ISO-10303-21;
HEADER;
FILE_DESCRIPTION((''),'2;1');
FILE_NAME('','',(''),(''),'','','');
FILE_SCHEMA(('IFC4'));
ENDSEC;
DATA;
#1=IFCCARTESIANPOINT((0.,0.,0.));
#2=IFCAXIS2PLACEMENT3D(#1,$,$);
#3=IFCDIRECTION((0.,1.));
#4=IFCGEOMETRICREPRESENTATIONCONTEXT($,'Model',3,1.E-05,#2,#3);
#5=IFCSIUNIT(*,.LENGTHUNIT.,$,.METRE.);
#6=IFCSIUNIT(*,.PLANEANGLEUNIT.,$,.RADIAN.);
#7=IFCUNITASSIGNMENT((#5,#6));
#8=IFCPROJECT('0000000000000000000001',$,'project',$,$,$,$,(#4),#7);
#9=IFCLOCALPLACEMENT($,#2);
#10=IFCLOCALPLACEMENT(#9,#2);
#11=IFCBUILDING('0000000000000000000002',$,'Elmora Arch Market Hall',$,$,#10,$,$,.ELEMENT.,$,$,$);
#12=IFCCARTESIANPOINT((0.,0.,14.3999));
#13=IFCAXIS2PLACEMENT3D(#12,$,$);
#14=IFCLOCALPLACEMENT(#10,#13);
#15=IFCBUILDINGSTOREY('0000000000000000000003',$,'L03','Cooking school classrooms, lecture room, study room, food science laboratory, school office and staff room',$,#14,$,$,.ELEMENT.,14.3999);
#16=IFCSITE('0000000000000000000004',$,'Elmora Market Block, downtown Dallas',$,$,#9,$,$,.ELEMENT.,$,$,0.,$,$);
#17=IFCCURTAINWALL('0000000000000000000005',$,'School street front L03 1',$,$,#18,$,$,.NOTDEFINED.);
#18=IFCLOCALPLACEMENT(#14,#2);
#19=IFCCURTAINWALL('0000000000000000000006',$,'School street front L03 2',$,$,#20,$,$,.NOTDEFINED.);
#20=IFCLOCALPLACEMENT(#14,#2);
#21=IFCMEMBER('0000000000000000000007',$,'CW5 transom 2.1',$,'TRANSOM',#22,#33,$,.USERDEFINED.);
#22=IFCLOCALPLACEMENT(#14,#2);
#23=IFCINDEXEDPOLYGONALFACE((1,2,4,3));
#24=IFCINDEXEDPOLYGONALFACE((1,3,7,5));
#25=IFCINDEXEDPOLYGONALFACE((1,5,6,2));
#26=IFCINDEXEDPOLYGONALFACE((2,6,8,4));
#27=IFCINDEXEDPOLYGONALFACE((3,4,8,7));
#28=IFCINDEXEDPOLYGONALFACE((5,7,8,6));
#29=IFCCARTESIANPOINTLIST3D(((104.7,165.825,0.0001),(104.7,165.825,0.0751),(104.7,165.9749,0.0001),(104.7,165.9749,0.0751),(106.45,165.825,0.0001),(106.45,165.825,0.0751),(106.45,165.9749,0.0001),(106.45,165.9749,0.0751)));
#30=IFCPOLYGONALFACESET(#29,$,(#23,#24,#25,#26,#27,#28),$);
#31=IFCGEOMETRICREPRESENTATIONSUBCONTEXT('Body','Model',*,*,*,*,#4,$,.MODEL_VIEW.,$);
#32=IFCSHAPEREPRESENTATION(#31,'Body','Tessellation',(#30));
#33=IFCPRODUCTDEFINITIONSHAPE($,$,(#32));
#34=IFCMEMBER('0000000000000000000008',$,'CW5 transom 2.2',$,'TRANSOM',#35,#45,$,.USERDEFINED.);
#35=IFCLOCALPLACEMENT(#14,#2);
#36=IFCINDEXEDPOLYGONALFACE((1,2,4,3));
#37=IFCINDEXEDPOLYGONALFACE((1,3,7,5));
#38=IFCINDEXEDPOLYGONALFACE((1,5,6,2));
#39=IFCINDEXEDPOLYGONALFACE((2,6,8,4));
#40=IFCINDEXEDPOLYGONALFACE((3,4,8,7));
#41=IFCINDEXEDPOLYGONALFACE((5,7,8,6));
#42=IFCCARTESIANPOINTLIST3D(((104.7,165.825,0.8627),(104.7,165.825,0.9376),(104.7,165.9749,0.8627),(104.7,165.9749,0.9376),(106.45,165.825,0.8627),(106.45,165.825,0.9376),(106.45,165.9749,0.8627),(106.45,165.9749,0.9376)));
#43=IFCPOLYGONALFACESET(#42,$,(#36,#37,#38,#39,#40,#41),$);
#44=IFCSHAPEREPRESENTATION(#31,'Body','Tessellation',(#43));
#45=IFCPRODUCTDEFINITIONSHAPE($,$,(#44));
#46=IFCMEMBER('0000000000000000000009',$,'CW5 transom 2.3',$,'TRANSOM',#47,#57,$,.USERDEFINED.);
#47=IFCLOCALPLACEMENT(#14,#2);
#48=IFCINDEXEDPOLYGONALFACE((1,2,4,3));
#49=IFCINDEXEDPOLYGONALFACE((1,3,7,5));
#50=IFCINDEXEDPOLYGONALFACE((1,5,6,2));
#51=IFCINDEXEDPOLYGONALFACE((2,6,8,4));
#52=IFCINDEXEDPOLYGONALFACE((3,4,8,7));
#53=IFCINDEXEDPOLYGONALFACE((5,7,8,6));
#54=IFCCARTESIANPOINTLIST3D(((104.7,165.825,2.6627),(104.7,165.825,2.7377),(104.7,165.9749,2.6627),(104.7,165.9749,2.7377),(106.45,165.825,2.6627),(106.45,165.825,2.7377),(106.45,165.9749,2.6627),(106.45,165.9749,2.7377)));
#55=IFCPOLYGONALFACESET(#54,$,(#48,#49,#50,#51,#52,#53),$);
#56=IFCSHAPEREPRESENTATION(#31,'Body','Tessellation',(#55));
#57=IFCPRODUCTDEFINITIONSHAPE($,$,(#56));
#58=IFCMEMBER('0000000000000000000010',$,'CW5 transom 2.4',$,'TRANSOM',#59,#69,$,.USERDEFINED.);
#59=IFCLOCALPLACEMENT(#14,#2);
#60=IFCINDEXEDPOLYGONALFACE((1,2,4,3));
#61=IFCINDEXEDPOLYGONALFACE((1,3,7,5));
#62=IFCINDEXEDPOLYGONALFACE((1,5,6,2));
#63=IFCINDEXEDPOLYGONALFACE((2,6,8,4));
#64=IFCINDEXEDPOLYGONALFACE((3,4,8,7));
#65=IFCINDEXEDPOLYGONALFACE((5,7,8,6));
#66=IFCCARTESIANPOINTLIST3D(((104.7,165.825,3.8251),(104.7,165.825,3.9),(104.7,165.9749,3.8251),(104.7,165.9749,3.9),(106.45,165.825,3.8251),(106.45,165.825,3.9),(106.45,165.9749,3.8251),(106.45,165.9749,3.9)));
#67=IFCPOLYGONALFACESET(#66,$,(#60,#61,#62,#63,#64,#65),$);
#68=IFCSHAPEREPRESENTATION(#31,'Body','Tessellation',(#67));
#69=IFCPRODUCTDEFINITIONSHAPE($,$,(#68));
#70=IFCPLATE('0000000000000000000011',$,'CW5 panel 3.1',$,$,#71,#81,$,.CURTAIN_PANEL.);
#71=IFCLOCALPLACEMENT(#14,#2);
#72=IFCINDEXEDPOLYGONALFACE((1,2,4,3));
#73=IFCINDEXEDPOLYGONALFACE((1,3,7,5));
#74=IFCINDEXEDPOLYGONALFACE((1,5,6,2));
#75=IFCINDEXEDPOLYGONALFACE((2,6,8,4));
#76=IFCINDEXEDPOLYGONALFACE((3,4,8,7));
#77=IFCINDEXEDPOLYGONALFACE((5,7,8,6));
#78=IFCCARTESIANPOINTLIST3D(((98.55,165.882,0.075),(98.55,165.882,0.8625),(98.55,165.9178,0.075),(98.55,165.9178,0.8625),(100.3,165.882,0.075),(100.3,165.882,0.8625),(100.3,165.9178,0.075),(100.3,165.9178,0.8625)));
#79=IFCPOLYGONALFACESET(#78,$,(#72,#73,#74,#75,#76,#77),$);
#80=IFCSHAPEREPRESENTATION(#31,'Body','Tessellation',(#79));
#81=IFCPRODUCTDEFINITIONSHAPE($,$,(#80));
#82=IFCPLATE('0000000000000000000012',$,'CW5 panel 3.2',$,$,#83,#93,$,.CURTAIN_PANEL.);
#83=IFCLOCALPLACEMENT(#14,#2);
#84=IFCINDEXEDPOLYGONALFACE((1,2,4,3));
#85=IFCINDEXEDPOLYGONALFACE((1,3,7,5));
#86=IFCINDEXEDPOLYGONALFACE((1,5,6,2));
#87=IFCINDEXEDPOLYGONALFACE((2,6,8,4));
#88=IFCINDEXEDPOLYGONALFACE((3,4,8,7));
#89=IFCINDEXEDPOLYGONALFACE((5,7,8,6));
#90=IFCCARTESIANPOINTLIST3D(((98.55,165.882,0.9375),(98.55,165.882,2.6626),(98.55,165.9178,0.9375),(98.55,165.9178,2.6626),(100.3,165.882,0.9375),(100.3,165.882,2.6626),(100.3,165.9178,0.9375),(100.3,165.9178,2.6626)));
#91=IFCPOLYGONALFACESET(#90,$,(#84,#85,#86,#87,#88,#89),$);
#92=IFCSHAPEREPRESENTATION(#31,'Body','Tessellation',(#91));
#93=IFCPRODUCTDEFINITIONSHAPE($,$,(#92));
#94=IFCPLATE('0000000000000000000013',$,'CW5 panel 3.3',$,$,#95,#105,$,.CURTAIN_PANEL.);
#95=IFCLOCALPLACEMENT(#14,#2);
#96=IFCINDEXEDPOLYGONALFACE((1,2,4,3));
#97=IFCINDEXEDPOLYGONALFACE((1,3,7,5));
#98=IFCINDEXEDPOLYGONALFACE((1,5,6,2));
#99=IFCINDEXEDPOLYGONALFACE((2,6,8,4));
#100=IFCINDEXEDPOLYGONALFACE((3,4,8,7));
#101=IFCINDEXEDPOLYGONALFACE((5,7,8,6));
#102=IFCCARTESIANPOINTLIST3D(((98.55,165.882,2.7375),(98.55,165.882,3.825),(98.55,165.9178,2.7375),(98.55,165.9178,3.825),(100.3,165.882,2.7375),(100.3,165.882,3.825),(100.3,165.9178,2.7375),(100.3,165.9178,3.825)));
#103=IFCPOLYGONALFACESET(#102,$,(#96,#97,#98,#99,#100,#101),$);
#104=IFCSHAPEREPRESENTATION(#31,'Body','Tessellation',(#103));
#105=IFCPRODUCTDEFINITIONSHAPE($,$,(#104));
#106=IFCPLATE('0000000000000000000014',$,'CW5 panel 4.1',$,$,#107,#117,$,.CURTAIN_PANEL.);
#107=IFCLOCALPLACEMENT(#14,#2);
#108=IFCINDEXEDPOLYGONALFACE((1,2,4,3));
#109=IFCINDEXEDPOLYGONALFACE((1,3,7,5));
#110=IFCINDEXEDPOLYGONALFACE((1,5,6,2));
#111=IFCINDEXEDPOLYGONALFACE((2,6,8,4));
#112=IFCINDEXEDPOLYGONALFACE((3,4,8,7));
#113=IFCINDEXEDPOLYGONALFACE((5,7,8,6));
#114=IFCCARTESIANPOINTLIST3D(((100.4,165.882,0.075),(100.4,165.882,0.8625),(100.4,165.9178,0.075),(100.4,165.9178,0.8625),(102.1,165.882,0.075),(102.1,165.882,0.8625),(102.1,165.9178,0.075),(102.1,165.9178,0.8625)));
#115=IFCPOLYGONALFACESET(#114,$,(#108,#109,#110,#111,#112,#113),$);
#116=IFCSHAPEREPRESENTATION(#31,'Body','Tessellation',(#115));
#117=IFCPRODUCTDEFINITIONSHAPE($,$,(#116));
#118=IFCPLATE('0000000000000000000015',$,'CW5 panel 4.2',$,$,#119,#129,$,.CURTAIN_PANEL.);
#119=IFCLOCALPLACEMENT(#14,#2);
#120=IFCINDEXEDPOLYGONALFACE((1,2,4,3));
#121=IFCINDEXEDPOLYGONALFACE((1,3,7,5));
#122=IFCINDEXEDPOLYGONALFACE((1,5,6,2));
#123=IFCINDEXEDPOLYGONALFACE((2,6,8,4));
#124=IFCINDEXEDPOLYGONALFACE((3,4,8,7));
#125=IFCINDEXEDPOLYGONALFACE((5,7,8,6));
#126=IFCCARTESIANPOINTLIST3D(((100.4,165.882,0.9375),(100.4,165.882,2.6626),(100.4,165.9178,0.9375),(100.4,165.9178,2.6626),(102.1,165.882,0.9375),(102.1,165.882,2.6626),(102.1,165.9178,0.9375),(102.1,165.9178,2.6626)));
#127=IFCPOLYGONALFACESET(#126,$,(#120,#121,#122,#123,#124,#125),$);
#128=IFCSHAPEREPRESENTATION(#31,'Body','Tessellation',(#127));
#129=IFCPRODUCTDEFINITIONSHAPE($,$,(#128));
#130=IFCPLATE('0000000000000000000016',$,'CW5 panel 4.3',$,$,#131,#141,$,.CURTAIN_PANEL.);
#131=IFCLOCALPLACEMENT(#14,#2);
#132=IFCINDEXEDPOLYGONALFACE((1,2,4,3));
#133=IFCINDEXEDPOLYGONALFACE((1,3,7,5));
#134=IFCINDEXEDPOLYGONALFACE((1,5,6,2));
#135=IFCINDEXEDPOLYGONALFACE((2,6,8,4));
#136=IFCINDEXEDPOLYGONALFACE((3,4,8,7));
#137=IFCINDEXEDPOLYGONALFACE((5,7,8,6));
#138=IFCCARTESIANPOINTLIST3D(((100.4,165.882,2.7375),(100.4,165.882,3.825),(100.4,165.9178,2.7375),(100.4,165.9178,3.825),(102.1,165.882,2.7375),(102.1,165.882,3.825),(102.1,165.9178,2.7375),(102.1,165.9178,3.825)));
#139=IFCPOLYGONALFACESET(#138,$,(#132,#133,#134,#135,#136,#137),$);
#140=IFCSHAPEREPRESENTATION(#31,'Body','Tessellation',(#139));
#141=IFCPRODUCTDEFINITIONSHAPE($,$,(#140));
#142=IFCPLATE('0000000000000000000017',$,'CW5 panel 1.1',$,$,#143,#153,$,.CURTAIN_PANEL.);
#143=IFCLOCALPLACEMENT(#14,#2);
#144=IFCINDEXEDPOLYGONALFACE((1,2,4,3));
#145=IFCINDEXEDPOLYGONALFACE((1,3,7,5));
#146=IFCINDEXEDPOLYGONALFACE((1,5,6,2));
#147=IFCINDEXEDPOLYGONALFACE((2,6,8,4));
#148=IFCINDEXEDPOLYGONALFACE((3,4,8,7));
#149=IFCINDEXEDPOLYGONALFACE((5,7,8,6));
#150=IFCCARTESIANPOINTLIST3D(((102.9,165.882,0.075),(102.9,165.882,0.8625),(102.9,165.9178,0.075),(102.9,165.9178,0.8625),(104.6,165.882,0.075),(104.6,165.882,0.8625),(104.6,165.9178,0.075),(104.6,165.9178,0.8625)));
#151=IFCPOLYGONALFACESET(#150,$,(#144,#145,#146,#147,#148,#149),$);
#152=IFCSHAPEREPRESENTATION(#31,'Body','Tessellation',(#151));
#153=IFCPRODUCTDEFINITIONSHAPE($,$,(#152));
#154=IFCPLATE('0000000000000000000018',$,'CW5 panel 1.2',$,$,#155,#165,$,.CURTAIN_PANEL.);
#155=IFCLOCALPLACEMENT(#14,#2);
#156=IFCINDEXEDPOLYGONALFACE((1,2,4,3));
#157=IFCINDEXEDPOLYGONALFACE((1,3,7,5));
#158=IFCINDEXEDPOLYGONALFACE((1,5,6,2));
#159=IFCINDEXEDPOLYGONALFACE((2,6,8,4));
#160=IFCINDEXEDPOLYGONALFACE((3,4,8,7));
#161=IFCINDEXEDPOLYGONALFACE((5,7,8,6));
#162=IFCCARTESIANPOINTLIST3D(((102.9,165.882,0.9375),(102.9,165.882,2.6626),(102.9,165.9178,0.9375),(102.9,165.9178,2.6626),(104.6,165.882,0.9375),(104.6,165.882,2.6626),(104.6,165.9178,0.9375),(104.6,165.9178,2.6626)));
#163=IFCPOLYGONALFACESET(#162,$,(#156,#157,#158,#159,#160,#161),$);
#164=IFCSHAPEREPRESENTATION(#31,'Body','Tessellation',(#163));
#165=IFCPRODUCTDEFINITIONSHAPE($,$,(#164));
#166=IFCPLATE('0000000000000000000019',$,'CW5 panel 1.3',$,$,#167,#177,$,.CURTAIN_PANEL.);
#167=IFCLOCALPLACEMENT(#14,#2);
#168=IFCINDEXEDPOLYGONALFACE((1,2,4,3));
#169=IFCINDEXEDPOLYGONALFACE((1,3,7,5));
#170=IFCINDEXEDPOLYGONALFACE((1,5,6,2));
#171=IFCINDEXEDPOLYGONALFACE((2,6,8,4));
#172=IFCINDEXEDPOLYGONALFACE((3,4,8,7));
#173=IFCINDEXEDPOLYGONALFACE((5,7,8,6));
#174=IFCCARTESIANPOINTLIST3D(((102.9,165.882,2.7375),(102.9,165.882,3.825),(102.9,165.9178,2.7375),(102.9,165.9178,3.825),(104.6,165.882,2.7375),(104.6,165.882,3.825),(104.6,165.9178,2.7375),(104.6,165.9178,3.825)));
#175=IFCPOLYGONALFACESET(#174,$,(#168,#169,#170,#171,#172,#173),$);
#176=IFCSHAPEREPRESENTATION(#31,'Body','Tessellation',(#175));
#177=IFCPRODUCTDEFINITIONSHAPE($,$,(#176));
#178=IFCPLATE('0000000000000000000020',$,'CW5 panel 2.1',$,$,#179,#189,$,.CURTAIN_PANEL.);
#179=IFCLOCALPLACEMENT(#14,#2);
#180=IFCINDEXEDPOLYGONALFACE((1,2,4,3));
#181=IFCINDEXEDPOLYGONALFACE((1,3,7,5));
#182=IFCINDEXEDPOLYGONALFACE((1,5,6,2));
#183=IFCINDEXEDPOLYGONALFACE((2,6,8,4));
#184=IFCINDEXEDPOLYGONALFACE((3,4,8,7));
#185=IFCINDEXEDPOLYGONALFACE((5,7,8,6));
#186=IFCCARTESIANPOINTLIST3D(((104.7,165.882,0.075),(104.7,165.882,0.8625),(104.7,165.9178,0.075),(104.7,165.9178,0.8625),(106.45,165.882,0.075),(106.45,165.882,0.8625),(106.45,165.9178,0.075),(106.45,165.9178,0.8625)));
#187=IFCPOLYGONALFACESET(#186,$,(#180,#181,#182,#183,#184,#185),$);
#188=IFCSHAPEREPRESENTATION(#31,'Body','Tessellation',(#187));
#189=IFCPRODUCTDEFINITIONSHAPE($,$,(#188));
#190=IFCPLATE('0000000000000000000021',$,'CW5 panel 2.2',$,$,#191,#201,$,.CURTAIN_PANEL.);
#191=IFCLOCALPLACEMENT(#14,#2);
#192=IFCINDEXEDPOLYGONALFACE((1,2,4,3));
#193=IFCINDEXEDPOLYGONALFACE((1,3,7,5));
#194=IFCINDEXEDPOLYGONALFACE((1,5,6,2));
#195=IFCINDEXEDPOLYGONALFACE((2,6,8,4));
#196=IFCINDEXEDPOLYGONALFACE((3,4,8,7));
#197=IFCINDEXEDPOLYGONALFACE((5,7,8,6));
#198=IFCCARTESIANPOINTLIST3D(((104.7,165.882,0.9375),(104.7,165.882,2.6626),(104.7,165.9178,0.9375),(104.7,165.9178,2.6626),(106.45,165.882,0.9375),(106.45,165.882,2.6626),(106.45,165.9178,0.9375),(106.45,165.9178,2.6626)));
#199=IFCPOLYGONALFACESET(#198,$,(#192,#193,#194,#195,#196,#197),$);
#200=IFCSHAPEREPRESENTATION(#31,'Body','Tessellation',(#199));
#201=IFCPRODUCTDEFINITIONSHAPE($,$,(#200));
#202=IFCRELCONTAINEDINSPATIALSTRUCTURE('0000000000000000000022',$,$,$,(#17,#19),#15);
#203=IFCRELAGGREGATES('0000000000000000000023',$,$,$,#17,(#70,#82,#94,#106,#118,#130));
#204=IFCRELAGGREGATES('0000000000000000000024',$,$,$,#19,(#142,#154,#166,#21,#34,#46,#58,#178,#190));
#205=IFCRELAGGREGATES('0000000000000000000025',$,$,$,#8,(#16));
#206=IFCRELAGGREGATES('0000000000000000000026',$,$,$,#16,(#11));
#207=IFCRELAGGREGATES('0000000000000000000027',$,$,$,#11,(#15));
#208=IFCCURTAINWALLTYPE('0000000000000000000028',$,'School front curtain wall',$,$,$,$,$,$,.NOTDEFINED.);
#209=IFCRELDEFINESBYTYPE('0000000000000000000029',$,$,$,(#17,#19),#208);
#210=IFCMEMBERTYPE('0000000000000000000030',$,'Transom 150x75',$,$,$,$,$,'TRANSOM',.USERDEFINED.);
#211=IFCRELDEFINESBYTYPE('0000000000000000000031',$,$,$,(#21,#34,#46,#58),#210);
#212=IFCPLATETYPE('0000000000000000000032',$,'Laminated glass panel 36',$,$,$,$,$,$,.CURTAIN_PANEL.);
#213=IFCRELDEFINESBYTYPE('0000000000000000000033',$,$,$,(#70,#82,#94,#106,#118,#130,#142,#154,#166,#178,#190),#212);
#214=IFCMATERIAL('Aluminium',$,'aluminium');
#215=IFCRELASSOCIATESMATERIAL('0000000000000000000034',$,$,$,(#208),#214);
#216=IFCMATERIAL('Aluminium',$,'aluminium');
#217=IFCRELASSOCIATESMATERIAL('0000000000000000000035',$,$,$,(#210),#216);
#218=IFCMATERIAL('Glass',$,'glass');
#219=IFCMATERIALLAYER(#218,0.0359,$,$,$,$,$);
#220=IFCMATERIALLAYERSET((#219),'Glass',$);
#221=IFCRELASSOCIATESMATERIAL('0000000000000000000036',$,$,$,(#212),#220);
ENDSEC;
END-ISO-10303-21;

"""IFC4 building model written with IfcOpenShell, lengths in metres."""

from ifc_helpers import new_model, si_unit, direction, frame, origin, origin_2d, place, context, subcontext, project, spatial, rectangle, extrude, material, layer, layer_set, material_profile, profile_set, type_object, element, aggregate, save


model = new_model("IFC4")

# Units and contexts
model_context = context("Model", 3, precision=1e-05, world=origin(), true_north=direction((0.0, 1.0)))
body_context = subcontext(model_context, "Body", "Model", "MODEL_VIEW")
ifc_project = project(units=[si_unit("LENGTHUNIT", "METRE"), si_unit("PLANEANGLEUNIT", "RADIAN")], contexts=[model_context])

# Site, building, storey
site_placement = place(None, origin())
site = spatial("IfcSite", under=ifc_project, at=site_placement, Name="Elmora Market Block, downtown Dallas", CompositionType="ELEMENT", RefElevation=0.0)
building_placement = place(site_placement, origin())
building = spatial("IfcBuilding", under=site, at=building_placement, Name="Elmora Arch Market Hall", CompositionType="ELEMENT")
storey_placement = place(building_placement, frame((0.0, 0.0, 14.3999)))
storey = spatial("IfcBuildingStorey", under=building, at=storey_placement, Name="L03", Description="Cooking school classrooms, lecture room, study room, food science laboratory, school office and staff room", CompositionType="ELEMENT", Elevation=14.3999)

# Curtain walls
ifc_material_1 = material(Name="Aluminium", Category="aluminium")
curtain_wall_type = type_object("IfcCurtainWallType", Name="School front curtain wall", PredefinedType="NOTDEFINED", material=ifc_material_1)
curtain_wall_1_placement = place(storey_placement, origin())
curtain_wall_1 = element("IfcCurtainWall", 1, at=curtain_wall_1_placement, inside=storey, type_object=curtain_wall_type, Name="School street front L03 1", PredefinedType="NOTDEFINED")
curtain_wall_2_placement = place(storey_placement, origin())
curtain_wall_2 = element("IfcCurtainWall", 2, at=curtain_wall_2_placement, inside=storey, type_object=curtain_wall_type, Name="School street front L03 2", PredefinedType="NOTDEFINED")

# Members
ifc_material_2 = material(Name="Aluminium", Category="aluminium")
ifc_material_profile_1 = material_profile(ifc_material_2, rectangle(XDim=0.1499, YDim=0.075, at=origin_2d()), Name="AL 150x75")
ifc_profile_set_1 = profile_set([ifc_material_profile_1], Name="Aluminium")
member_type_1 = type_object("IfcMemberType", Name="Transom 150x75", ElementType="TRANSOM", PredefinedType="USERDEFINED", material=ifc_profile_set_1)
member_1_placement = place(storey_placement, frame((104.7, 165.8999, 0.0376), z_axis=(1.0, 0.0, 0.0), x_axis=(0.0, 1.0, 0.0)))
member_1 = element("IfcMember", 3, at=member_1_placement, type_object=member_type_1, Name="CW5 transom 2.1", ObjectType="TRANSOM", PredefinedType="USERDEFINED", context=body_context, shape_type="SweptSolid", body=[
    extrude(rectangle(XDim=0.1499, YDim=0.075, at=origin_2d()), origin(), (0.0, 0.0, 1.0), 1.75),
])
member_2_placement = place(storey_placement, frame((104.7, 165.8999, 0.9001), z_axis=(1.0, 0.0, 0.0), x_axis=(0.0, 1.0, 0.0)))
member_2 = element("IfcMember", 4, at=member_2_placement, type_object=member_type_1, Name="CW5 transom 2.2", ObjectType="TRANSOM", PredefinedType="USERDEFINED", context=body_context, shape_type="SweptSolid", body=[
    extrude(rectangle(XDim=0.1499, YDim=0.075, at=origin_2d()), origin(), (0.0, 0.0, 1.0), 1.75),
])
member_3_placement = place(storey_placement, frame((104.7, 165.8999, 2.7002), z_axis=(1.0, 0.0, 0.0), x_axis=(0.0, 1.0, 0.0)))
member_3 = element("IfcMember", 5, at=member_3_placement, type_object=member_type_1, Name="CW5 transom 2.3", ObjectType="TRANSOM", PredefinedType="USERDEFINED", context=body_context, shape_type="SweptSolid", body=[
    extrude(rectangle(XDim=0.1499, YDim=0.075, at=origin_2d()), origin(), (0.0, 0.0, 1.0), 1.75),
])
member_4_placement = place(storey_placement, frame((104.7, 165.8999, 3.8625), z_axis=(1.0, 0.0, 0.0), x_axis=(0.0, 1.0, 0.0)))
member_4 = element("IfcMember", 6, at=member_4_placement, type_object=member_type_1, Name="CW5 transom 2.4", ObjectType="TRANSOM", PredefinedType="USERDEFINED", context=body_context, shape_type="SweptSolid", body=[
    extrude(rectangle(XDim=0.1499, YDim=0.075, at=origin_2d()), origin(), (0.0, 0.0, 1.0), 1.75),
])

# Plates
ifc_material_3 = material(Name="Glass", Category="glass")
ifc_layer = layer(ifc_material_3, 0.0359)
ifc_layer_set = layer_set([ifc_layer], Name="Glass")
plate_type = type_object("IfcPlateType", Name="Laminated glass panel 36", PredefinedType="CURTAIN_PANEL", material=ifc_layer_set)
plate_1_placement = place(storey_placement, frame((99.425, 165.8999, 0.075), z_axis=(0.0, 0.0, 1.0), x_axis=(1.0, 0.0, 0.0)))
plate_1 = element("IfcPlate", 7, at=plate_1_placement, type_object=plate_type, Name="CW5 panel 3.1", PredefinedType="CURTAIN_PANEL", context=body_context, shape_type="SweptSolid", body=[
    extrude(rectangle(XDim=1.75, YDim=0.0359, at=origin_2d()), origin(), (0.0, 0.0, 1.0), 0.7876),
])
plate_2_placement = place(storey_placement, frame((99.425, 165.8999, 0.9375), z_axis=(0.0, 0.0, 1.0), x_axis=(1.0, 0.0, 0.0)))
plate_2 = element("IfcPlate", 8, at=plate_2_placement, type_object=plate_type, Name="CW5 panel 3.2", PredefinedType="CURTAIN_PANEL", context=body_context, shape_type="SweptSolid", body=[
    extrude(rectangle(XDim=1.75, YDim=0.0359, at=origin_2d()), origin(), (0.0, 0.0, 1.0), 1.7251),
])
plate_3_placement = place(storey_placement, frame((99.425, 165.8999, 2.7375), z_axis=(0.0, 0.0, 1.0), x_axis=(1.0, 0.0, 0.0)))
plate_3 = element("IfcPlate", 9, at=plate_3_placement, type_object=plate_type, Name="CW5 panel 3.3", PredefinedType="CURTAIN_PANEL", context=body_context, shape_type="SweptSolid", body=[
    extrude(rectangle(XDim=1.75, YDim=0.0359, at=origin_2d()), origin(), (0.0, 0.0, 1.0), 1.0874),
])
plate_4_placement = place(storey_placement, frame((101.25, 165.8999, 0.075), z_axis=(0.0, 0.0, 1.0), x_axis=(1.0, 0.0, 0.0)))
plate_4 = element("IfcPlate", 10, at=plate_4_placement, type_object=plate_type, Name="CW5 panel 4.1", PredefinedType="CURTAIN_PANEL", context=body_context, shape_type="SweptSolid", body=[
    extrude(rectangle(XDim=1.7, YDim=0.0359, at=origin_2d()), origin(), (0.0, 0.0, 1.0), 0.7876),
])
plate_5_placement = place(storey_placement, frame((101.25, 165.8999, 0.9375), z_axis=(0.0, 0.0, 1.0), x_axis=(1.0, 0.0, 0.0)))
plate_5 = element("IfcPlate", 11, at=plate_5_placement, type_object=plate_type, Name="CW5 panel 4.2", PredefinedType="CURTAIN_PANEL", context=body_context, shape_type="SweptSolid", body=[
    extrude(rectangle(XDim=1.7, YDim=0.0359, at=origin_2d()), origin(), (0.0, 0.0, 1.0), 1.7251),
])
plate_6_placement = place(storey_placement, frame((101.25, 165.8999, 2.7375), z_axis=(0.0, 0.0, 1.0), x_axis=(1.0, 0.0, 0.0)))
plate_6 = element("IfcPlate", 12, at=plate_6_placement, type_object=plate_type, Name="CW5 panel 4.3", PredefinedType="CURTAIN_PANEL", context=body_context, shape_type="SweptSolid", body=[
    extrude(rectangle(XDim=1.7, YDim=0.0359, at=origin_2d()), origin(), (0.0, 0.0, 1.0), 1.0874),
])
aggregate(curtain_wall_1, [plate_1, plate_2, plate_3, plate_4, plate_5, plate_6])
plate_7_placement = place(storey_placement, frame((103.75, 165.8999, 0.075), z_axis=(0.0, 0.0, 1.0), x_axis=(1.0, 0.0, 0.0)))
plate_7 = element("IfcPlate", 13, at=plate_7_placement, type_object=plate_type, Name="CW5 panel 1.1", PredefinedType="CURTAIN_PANEL", context=body_context, shape_type="SweptSolid", body=[
    extrude(rectangle(XDim=1.7, YDim=0.0359, at=origin_2d()), origin(), (0.0, 0.0, 1.0), 0.7876),
])
plate_8_placement = place(storey_placement, frame((103.75, 165.8999, 0.9375), z_axis=(0.0, 0.0, 1.0), x_axis=(1.0, 0.0, 0.0)))
plate_8 = element("IfcPlate", 14, at=plate_8_placement, type_object=plate_type, Name="CW5 panel 1.2", PredefinedType="CURTAIN_PANEL", context=body_context, shape_type="SweptSolid", body=[
    extrude(rectangle(XDim=1.7, YDim=0.0359, at=origin_2d()), origin(), (0.0, 0.0, 1.0), 1.7251),
])
plate_9_placement = place(storey_placement, frame((103.75, 165.8999, 2.7375), z_axis=(0.0, 0.0, 1.0), x_axis=(1.0, 0.0, 0.0)))
plate_9 = element("IfcPlate", 15, at=plate_9_placement, type_object=plate_type, Name="CW5 panel 1.3", PredefinedType="CURTAIN_PANEL", context=body_context, shape_type="SweptSolid", body=[
    extrude(rectangle(XDim=1.7, YDim=0.0359, at=origin_2d()), origin(), (0.0, 0.0, 1.0), 1.0874),
])
plate_10_placement = place(storey_placement, frame((105.575, 165.8999, 0.075), z_axis=(0.0, 0.0, 1.0), x_axis=(1.0, 0.0, 0.0)))
plate_10 = element("IfcPlate", 16, at=plate_10_placement, type_object=plate_type, Name="CW5 panel 2.1", PredefinedType="CURTAIN_PANEL", context=body_context, shape_type="SweptSolid", body=[
    extrude(rectangle(XDim=1.75, YDim=0.0359, at=origin_2d()), origin(), (0.0, 0.0, 1.0), 0.7876),
])
plate_11_placement = place(storey_placement, frame((105.575, 165.8999, 0.9375), z_axis=(0.0, 0.0, 1.0), x_axis=(1.0, 0.0, 0.0)))
plate_11 = element("IfcPlate", 17, at=plate_11_placement, type_object=plate_type, Name="CW5 panel 2.2", PredefinedType="CURTAIN_PANEL", context=body_context, shape_type="SweptSolid", body=[
    extrude(rectangle(XDim=1.75, YDim=0.0359, at=origin_2d()), origin(), (0.0, 0.0, 1.0), 1.7251),
])
aggregate(curtain_wall_2, [plate_7, plate_8, plate_9, member_1, member_2, member_3, member_4, plate_10, plate_11])

save(model, "model.ifc")
